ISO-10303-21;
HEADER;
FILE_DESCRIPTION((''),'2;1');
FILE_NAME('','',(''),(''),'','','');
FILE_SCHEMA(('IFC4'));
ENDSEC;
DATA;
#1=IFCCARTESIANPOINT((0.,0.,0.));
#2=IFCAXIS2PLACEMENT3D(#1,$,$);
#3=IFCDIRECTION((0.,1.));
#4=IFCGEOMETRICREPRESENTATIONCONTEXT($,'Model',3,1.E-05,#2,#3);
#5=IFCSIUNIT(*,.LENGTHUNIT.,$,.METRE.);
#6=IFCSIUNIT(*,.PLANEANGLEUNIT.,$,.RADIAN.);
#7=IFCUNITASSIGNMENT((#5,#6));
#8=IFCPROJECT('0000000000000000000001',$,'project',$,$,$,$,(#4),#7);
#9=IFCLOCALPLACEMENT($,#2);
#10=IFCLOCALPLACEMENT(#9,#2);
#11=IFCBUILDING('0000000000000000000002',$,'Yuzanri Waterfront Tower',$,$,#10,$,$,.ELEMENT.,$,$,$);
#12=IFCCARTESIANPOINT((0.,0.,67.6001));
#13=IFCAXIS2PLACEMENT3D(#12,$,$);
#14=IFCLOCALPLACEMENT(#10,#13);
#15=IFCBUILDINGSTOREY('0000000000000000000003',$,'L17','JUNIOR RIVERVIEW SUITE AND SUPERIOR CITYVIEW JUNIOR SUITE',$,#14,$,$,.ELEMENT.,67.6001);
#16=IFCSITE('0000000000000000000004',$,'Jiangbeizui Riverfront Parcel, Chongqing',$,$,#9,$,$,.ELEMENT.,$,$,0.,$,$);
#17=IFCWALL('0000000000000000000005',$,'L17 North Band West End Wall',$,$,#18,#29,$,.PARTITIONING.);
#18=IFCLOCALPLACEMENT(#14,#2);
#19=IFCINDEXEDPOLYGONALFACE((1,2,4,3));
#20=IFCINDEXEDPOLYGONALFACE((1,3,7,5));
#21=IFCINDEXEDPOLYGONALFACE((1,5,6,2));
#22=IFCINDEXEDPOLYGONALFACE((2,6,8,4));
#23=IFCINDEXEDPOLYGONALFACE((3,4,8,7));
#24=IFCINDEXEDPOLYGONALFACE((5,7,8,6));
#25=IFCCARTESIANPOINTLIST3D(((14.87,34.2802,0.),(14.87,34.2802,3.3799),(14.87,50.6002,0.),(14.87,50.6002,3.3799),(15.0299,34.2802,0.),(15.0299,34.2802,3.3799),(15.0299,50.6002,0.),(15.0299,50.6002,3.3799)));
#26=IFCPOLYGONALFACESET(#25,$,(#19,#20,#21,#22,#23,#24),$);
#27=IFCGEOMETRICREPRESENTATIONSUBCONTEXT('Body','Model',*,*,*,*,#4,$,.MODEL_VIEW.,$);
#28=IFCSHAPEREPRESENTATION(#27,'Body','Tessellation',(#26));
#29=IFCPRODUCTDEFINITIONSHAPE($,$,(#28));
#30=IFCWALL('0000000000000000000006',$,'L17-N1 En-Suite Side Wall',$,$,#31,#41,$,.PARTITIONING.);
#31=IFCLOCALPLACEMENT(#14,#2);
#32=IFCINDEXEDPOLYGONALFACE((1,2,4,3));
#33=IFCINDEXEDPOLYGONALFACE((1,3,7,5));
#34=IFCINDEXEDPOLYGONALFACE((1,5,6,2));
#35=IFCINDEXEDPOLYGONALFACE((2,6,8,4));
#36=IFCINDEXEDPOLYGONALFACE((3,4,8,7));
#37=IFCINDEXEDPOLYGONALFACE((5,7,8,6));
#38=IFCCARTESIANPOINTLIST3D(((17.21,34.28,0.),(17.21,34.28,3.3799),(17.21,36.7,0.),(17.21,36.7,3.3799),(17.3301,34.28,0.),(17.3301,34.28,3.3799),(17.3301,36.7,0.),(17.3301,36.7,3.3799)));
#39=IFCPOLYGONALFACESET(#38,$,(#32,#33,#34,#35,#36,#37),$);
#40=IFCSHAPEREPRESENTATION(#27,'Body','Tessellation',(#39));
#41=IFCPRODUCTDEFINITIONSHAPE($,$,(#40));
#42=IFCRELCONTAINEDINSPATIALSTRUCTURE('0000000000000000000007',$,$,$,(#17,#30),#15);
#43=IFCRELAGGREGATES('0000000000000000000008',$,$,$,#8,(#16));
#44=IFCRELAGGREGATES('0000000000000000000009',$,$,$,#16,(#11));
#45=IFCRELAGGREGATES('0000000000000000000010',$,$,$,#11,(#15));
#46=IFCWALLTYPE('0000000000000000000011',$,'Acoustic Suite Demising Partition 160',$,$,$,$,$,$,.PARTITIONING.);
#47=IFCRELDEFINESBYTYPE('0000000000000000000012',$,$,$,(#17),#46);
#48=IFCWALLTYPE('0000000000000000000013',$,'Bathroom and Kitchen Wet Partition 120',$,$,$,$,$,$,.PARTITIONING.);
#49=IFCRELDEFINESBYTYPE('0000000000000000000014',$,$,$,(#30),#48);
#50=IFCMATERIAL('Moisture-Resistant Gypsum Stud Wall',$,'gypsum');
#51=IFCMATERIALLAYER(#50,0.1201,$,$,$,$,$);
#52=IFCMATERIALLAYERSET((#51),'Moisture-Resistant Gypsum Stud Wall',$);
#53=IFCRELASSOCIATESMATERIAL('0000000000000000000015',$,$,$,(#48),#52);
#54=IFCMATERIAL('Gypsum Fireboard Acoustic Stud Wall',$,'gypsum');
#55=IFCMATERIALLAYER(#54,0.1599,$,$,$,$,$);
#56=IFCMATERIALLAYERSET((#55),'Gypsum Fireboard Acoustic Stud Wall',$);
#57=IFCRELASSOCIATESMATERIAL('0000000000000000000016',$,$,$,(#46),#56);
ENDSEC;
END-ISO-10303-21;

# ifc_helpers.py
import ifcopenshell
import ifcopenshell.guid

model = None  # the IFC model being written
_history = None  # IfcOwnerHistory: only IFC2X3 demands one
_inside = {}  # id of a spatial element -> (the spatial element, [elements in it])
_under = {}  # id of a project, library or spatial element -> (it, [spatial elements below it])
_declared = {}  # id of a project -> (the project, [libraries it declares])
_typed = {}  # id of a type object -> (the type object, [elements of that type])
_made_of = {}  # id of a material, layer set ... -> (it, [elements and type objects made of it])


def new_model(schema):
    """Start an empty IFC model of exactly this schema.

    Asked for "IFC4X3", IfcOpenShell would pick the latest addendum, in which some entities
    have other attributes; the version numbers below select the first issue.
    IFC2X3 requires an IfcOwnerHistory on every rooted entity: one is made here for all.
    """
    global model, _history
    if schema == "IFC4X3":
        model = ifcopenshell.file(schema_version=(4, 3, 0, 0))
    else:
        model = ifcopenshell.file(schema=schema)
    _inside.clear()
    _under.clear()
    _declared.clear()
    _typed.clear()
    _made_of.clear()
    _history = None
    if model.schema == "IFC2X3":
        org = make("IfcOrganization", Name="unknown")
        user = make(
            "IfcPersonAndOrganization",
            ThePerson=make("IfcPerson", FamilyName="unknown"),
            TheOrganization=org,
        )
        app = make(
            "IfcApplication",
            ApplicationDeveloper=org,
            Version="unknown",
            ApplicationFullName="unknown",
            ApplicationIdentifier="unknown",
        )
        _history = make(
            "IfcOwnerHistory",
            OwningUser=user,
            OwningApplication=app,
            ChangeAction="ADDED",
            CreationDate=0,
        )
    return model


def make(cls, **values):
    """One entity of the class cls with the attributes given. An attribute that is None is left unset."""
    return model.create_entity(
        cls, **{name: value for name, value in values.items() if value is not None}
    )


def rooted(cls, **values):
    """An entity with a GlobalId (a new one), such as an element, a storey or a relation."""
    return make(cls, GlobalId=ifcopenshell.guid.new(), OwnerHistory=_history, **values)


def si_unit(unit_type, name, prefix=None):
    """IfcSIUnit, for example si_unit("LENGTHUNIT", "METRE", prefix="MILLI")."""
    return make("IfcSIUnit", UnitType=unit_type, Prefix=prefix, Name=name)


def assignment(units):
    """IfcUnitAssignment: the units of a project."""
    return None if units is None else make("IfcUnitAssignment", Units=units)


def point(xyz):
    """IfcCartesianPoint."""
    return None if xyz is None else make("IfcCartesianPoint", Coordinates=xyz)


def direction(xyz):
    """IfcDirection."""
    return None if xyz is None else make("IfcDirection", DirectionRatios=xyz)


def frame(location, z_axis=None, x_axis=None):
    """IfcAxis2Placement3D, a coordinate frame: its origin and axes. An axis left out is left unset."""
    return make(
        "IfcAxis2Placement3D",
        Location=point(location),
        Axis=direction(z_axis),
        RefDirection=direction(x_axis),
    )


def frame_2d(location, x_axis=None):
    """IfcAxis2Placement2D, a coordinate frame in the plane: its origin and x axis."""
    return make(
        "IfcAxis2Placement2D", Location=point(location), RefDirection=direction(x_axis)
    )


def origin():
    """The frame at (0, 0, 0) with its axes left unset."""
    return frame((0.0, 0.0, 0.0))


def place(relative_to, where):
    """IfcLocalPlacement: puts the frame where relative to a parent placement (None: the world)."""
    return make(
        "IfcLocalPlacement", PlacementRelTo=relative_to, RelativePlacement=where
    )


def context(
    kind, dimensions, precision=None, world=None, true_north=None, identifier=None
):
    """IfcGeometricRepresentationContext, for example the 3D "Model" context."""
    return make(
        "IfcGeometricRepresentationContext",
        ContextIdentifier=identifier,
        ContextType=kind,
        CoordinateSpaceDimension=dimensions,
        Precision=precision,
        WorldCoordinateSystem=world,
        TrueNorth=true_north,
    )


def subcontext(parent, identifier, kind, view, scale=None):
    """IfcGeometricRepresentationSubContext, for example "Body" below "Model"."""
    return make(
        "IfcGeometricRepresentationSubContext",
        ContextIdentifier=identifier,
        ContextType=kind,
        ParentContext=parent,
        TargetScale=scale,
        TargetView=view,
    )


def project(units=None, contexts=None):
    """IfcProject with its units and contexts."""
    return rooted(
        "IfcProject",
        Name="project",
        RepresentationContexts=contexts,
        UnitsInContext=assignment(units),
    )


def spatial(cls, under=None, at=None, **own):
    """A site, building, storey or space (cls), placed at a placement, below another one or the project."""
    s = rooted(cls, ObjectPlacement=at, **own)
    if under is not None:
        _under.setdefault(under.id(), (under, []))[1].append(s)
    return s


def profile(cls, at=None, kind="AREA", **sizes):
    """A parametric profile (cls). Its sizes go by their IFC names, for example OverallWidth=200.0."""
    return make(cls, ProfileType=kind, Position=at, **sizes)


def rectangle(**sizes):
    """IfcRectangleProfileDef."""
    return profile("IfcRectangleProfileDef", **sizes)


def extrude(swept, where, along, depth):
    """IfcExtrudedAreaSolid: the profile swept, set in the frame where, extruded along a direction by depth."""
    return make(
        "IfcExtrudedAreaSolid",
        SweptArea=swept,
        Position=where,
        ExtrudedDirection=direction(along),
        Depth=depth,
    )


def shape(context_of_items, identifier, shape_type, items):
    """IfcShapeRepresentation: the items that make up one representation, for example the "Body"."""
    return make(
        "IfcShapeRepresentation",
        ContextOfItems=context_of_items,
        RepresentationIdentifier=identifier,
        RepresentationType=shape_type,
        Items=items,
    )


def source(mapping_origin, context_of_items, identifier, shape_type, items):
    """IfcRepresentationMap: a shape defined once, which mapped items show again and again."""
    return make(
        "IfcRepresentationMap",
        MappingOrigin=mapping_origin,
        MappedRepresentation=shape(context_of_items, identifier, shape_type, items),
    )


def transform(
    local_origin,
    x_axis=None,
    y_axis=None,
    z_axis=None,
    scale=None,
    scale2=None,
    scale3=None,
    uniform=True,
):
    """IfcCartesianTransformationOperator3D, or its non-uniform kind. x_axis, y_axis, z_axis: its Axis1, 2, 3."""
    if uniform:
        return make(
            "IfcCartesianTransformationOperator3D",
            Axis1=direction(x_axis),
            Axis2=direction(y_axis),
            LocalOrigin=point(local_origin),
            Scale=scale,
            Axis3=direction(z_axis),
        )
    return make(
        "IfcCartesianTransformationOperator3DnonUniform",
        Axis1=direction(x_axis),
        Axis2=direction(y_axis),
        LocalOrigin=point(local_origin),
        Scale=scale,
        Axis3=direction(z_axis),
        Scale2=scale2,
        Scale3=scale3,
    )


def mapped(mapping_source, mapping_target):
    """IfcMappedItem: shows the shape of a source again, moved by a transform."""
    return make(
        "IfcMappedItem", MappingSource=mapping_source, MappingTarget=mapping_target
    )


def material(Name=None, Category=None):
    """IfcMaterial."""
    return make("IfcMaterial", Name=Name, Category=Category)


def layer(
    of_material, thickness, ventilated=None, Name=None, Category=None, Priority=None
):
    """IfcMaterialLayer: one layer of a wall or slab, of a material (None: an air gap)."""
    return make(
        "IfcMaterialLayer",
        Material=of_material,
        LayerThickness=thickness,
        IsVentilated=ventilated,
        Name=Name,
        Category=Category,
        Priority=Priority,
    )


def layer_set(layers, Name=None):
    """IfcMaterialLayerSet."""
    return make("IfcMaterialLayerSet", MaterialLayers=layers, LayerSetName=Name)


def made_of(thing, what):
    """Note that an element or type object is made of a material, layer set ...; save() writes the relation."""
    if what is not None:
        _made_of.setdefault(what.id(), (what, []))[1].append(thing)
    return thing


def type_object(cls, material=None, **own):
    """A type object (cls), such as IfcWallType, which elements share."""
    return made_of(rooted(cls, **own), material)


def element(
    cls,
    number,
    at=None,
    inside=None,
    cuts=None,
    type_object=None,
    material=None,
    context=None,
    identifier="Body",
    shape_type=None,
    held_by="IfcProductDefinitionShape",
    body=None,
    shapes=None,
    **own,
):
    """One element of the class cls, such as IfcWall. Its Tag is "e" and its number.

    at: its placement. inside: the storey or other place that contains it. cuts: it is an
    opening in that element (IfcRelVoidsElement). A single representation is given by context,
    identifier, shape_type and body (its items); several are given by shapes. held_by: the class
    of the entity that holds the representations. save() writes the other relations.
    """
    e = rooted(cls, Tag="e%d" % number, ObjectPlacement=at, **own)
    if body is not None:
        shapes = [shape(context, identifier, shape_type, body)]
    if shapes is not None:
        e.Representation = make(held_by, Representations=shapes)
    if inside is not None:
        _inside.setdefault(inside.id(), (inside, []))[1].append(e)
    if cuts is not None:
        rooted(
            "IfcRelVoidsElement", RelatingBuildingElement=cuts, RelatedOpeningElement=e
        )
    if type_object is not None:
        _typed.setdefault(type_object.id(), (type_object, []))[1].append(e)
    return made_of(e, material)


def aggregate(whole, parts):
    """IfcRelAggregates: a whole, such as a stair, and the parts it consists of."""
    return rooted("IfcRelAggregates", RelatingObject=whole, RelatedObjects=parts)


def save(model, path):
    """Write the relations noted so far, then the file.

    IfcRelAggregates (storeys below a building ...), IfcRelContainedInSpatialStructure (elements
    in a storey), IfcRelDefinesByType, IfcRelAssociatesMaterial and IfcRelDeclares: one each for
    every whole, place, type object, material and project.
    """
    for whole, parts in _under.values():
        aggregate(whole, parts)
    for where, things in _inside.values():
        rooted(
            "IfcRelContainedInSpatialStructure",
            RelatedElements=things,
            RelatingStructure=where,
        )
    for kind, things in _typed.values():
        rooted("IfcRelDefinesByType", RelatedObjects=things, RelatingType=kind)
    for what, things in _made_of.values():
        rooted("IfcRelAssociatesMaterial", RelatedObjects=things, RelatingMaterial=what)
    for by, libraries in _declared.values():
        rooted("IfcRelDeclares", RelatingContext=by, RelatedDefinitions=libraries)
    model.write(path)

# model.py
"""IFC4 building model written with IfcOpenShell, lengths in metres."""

from ifc_helpers import new_model, si_unit, direction, frame, frame_2d, origin, place, context, subcontext, project, spatial, rectangle, extrude, source, transform, mapped, material, layer, layer_set, type_object, element, save


model = new_model("IFC4")

# Units and contexts
model_context = context("Model", 3, precision=1e-05, world=origin(), true_north=direction((0.0, 1.0)))
body_context = subcontext(model_context, "Body", "Model", "MODEL_VIEW")
ifc_project = project(units=[si_unit("LENGTHUNIT", "METRE"), si_unit("PLANEANGLEUNIT", "RADIAN")], contexts=[model_context])

# Site, building, storey
site_placement = place(None, origin())
site = spatial("IfcSite", under=ifc_project, at=site_placement, Name="Jiangbeizui Riverfront Parcel, Chongqing", CompositionType="ELEMENT", RefElevation=0.0)
building_placement = place(site_placement, origin())
building = spatial("IfcBuilding", under=site, at=building_placement, Name="Yuzanri Waterfront Tower", CompositionType="ELEMENT")
storey_placement = place(building_placement, frame((0.0, 0.0, 67.6001)))
storey = spatial("IfcBuildingStorey", under=building, at=storey_placement, Name="L17", Description="JUNIOR RIVERVIEW SUITE AND SUPERIOR CITYVIEW JUNIOR SUITE", CompositionType="ELEMENT", Elevation=67.6001)

# Shared definitions
ifc_material_1 = material(Name="Moisture-Resistant Gypsum Stud Wall", Category="gypsum")
ifc_layer_1 = layer(ifc_material_1, 0.1201)
ifc_layer_set_1 = layer_set([ifc_layer_1], Name="Moisture-Resistant Gypsum Stud Wall")
wall_type_1 = type_object("IfcWallType", Name="Bathroom and Kitchen Wet Partition 120", PredefinedType="PARTITIONING", material=ifc_layer_set_1)

# Walls
ifc_material_2 = material(Name="Gypsum Fireboard Acoustic Stud Wall", Category="gypsum")
ifc_layer_2 = layer(ifc_material_2, 0.1599)
ifc_layer_set_2 = layer_set([ifc_layer_2], Name="Gypsum Fireboard Acoustic Stud Wall")
wall_type_2 = type_object("IfcWallType", Name="Acoustic Suite Demising Partition 160", PredefinedType="PARTITIONING", material=ifc_layer_set_2)
shared_shape_1 = source(origin(), body_context, "Body", "SweptSolid", [
    extrude(rectangle(XDim=16.3201, YDim=0.1599, at=frame_2d((8.1602, 0.0))), origin(), (0.0, 0.0, 1.0), 3.3799),
])
wall_1_placement = place(storey_placement, frame((14.95, 34.28, 0.0), z_axis=(0.0, 0.0, 1.0), x_axis=(0.0, 1.0, 0.0)))
element("IfcWall", 1, at=wall_1_placement, inside=storey, type_object=wall_type_2, Name="L17 North Band West End Wall", PredefinedType="PARTITIONING", context=body_context, shape_type="MappedRepresentation", body=[
    mapped(shared_shape_1, transform((0.0, 0.0, 0.0), scale=1.0)),
])
shared_shape_2 = source(origin(), body_context, "Body", "SweptSolid", [
    extrude(rectangle(XDim=2.4199, YDim=0.1201, at=frame_2d((1.21, 0.0))), origin(), (0.0, 0.0, 1.0), 3.3799),
])
wall_2_placement = place(storey_placement, frame((17.27, 34.28, 0.0), z_axis=(0.0, 0.0, 1.0), x_axis=(0.0, 1.0, 0.0)))
element("IfcWall", 2, at=wall_2_placement, inside=storey, type_object=wall_type_1, Name="L17-N1 En-Suite Side Wall", PredefinedType="PARTITIONING", context=body_context, shape_type="MappedRepresentation", body=[
    mapped(shared_shape_2, transform((0.0, 0.0, 0.0), scale=1.0)),
])

save(model, "model.ifc")
